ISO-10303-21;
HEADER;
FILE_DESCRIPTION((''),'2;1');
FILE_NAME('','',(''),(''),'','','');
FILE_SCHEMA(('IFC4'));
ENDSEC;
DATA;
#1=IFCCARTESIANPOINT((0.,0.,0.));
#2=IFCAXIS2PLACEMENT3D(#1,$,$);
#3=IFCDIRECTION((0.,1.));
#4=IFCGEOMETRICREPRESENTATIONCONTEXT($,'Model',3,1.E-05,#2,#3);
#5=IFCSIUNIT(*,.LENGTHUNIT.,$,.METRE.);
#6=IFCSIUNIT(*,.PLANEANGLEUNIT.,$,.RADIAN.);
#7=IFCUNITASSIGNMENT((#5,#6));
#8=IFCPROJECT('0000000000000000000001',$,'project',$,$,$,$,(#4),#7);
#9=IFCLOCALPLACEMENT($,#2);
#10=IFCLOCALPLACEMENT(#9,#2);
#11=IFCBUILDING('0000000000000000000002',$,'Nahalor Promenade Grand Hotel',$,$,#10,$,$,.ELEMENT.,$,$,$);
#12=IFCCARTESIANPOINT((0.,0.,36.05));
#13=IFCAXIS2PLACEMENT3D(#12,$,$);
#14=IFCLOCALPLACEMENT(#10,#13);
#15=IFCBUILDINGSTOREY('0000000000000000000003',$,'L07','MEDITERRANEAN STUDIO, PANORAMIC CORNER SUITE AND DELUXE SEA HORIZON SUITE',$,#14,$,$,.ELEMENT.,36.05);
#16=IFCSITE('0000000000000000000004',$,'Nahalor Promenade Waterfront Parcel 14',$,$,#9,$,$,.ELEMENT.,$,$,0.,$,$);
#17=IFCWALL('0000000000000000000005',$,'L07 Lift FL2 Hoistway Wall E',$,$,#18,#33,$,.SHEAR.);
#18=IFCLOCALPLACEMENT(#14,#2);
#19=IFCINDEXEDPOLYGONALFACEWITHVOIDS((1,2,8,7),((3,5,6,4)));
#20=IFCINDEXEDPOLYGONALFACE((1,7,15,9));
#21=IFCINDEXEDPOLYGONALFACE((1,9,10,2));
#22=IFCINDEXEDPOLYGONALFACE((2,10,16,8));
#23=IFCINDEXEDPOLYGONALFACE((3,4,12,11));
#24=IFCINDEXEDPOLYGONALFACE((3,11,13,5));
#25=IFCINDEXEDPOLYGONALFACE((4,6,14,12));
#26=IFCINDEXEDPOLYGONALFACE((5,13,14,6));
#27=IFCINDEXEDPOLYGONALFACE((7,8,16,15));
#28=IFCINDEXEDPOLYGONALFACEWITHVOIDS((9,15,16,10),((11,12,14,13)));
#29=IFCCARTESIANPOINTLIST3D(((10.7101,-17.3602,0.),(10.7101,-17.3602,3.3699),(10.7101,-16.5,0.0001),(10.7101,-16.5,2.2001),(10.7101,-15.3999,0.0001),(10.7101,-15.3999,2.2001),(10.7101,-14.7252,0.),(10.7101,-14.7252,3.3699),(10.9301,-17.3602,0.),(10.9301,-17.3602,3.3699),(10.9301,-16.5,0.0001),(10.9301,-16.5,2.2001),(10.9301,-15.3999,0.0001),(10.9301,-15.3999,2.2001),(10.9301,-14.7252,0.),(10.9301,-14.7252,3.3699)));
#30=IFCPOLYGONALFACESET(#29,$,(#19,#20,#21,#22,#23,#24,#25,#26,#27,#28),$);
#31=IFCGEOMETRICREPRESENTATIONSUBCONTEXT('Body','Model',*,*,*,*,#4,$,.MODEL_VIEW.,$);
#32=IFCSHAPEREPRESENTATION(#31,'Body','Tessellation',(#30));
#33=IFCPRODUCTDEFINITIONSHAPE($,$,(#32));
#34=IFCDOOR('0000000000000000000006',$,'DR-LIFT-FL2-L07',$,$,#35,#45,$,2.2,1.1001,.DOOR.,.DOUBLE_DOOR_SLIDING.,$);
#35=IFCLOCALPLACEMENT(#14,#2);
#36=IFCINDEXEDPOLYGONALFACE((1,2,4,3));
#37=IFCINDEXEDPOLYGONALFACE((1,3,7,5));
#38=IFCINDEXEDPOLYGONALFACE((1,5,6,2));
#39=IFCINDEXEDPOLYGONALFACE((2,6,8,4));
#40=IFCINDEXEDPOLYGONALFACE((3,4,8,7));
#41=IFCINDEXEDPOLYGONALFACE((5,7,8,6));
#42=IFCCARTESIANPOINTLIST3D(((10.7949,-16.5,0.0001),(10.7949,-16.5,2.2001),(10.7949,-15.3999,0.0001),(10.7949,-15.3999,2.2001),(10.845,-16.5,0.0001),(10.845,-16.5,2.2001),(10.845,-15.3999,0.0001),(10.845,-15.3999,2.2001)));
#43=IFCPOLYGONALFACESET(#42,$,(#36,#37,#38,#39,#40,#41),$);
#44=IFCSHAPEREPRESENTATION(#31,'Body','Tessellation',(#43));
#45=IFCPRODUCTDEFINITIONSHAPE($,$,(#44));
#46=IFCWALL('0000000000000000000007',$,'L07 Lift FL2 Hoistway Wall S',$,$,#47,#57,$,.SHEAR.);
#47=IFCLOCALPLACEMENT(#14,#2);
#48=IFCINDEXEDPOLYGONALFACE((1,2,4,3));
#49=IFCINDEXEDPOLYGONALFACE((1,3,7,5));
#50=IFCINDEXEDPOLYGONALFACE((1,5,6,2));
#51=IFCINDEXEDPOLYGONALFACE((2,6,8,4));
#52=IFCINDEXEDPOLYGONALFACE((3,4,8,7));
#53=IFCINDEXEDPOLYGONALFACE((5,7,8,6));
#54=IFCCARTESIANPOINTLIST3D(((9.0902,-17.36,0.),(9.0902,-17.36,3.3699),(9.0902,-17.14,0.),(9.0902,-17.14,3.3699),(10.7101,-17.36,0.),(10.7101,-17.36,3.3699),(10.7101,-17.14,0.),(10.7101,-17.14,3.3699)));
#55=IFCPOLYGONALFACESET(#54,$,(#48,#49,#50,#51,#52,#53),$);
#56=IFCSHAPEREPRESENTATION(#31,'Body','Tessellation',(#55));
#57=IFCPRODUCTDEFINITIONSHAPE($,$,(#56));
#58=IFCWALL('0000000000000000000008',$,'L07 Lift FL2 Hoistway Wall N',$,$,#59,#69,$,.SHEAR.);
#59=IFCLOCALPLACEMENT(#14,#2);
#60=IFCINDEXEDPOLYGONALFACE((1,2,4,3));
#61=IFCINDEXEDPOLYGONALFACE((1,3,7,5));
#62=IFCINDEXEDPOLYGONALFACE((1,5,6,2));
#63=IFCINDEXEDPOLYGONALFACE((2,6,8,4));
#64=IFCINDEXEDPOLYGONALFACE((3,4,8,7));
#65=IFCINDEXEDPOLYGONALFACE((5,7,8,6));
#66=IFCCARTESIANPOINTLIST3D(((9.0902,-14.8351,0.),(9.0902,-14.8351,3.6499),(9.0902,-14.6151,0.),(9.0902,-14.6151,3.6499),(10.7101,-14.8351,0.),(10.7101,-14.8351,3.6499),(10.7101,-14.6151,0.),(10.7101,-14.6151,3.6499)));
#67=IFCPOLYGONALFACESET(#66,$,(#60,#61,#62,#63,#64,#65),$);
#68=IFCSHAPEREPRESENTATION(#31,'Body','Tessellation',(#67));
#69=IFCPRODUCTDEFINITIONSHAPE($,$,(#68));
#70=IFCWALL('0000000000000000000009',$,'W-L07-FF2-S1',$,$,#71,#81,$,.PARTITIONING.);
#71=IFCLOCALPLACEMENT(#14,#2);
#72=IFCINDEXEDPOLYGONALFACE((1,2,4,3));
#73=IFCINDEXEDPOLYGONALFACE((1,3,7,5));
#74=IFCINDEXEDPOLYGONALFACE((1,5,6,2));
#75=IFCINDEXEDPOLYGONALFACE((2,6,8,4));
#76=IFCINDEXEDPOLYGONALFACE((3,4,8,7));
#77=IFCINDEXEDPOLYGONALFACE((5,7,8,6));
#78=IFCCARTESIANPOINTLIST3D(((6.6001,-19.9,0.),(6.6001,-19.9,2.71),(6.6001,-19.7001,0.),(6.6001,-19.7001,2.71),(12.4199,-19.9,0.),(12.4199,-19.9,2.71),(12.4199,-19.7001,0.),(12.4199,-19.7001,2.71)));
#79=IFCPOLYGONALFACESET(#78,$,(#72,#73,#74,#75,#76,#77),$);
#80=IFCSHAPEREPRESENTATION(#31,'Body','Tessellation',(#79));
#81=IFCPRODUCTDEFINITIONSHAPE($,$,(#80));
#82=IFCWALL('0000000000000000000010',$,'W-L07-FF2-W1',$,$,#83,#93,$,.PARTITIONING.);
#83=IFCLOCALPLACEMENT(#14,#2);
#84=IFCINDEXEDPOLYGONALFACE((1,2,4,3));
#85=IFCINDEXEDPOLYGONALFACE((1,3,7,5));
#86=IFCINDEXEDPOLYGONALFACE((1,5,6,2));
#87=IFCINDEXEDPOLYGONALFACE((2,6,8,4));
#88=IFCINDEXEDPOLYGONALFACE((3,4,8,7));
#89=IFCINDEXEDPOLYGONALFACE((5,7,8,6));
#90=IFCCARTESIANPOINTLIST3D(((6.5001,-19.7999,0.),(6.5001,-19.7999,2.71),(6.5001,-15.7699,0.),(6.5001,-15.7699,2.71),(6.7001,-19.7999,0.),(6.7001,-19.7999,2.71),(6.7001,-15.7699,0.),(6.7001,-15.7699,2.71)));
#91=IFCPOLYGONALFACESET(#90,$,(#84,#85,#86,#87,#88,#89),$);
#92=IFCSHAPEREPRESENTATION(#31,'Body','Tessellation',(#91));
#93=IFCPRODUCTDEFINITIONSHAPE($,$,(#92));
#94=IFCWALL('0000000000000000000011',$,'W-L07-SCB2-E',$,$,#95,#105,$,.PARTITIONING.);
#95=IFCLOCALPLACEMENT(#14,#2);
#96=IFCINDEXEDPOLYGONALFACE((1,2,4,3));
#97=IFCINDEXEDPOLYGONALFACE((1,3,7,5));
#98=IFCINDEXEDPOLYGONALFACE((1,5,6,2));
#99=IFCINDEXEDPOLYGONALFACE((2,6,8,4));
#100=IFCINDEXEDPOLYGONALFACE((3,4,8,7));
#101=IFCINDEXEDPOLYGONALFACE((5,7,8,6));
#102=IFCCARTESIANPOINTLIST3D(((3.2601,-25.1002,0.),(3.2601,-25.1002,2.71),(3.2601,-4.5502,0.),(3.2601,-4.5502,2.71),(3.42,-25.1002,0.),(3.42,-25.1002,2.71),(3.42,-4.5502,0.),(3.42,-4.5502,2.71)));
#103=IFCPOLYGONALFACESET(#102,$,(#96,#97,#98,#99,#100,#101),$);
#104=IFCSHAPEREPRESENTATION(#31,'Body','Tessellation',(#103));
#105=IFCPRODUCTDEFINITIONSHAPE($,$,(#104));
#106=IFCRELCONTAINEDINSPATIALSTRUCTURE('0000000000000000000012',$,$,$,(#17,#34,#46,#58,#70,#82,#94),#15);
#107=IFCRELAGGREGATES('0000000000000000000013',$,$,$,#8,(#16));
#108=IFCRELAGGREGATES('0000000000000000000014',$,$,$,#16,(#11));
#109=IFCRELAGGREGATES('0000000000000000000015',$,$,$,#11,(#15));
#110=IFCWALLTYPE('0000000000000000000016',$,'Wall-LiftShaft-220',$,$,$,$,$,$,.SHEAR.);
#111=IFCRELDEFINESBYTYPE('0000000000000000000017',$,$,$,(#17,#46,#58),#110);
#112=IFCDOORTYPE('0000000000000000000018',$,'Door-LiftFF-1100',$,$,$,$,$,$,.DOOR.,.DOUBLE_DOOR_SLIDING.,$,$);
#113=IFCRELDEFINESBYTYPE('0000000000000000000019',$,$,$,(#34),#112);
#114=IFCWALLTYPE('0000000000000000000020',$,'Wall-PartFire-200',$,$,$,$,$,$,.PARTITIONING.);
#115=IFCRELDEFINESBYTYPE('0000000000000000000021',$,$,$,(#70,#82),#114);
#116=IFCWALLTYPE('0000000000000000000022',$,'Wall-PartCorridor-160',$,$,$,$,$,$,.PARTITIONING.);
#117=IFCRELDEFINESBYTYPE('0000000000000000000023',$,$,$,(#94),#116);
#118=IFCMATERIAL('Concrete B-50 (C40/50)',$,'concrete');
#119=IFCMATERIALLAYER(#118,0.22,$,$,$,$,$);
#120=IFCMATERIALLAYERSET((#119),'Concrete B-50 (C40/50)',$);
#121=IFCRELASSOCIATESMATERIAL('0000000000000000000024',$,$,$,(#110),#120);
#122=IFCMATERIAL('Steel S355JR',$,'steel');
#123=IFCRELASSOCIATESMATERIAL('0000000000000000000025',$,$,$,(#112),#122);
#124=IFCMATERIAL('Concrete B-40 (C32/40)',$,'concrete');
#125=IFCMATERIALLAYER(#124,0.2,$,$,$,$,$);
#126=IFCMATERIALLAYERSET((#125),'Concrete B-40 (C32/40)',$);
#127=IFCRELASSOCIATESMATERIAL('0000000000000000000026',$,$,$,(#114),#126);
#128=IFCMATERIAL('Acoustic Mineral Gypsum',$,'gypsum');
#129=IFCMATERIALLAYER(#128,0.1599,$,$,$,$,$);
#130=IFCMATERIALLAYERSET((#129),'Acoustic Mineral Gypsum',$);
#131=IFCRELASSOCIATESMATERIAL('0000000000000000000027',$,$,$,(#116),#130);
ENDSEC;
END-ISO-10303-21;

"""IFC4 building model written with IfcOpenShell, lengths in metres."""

from ifc_helpers import new_model, si_unit, direction, frame, frame_2d, origin, place, context, subcontext, project, spatial, rectangle, extrude, source, transform, mapped, material, layer, layer_set, type_object, element, fill, save


model = new_model("IFC4")

# Units and contexts
model_context = context("Model", 3, precision=1e-05, world=origin(), true_north=direction((0.0, 1.0)))
body_context = subcontext(model_context, "Body", "Model", "MODEL_VIEW")
ifc_project = project(units=[si_unit("LENGTHUNIT", "METRE"), si_unit("PLANEANGLEUNIT", "RADIAN")], contexts=[model_context])

# Site, building, storey
site_placement = place(None, origin())
site = spatial("IfcSite", under=ifc_project, at=site_placement, Name="Nahalor Promenade Waterfront Parcel 14", CompositionType="ELEMENT", RefElevation=0.0)
building_placement = place(site_placement, origin())
building = spatial("IfcBuilding", under=site, at=building_placement, Name="Nahalor Promenade Grand Hotel", CompositionType="ELEMENT")
storey_placement = place(building_placement, frame((0.0, 0.0, 36.05)))
storey = spatial("IfcBuildingStorey", under=building, at=storey_placement, Name="L07", Description="MEDITERRANEAN STUDIO, PANORAMIC CORNER SUITE AND DELUXE SEA HORIZON SUITE", CompositionType="ELEMENT", Elevation=36.05)

# Shared definitions
ifc_material_1 = material(Name="Steel S355JR", Category="steel")

# Shared definitions
ifc_material_2 = material(Name="Concrete B-50 (C40/50)", Category="concrete")

# Shared definitions
ifc_layer_1 = layer(ifc_material_2, 0.22)
ifc_layer_set_1 = layer_set([ifc_layer_1], Name="Concrete B-50 (C40/50)")
wall_type_1 = type_object("IfcWallType", Name="Wall-LiftShaft-220", PredefinedType="SHEAR", material=ifc_layer_set_1)
shared_shape_1 = source(origin(), body_context, "Body", "SweptSolid", [
    extrude(rectangle(XDim=2.635, YDim=0.22, at=frame_2d((1.3174, 0.0))), origin(), (0.0, 0.0, 1.0), 3.3699),
])

# Wall, opening, door
wall_1_placement = place(storey_placement, frame((10.8201, -17.3601, 0.0), z_axis=(0.0, 0.0, 1.0), x_axis=(0.0, 1.0, 0.0)))
wall_1 = element("IfcWall", 1, at=wall_1_placement, inside=storey, type_object=wall_type_1, Name="L07 Lift FL2 Hoistway Wall E", PredefinedType="SHEAR", context=body_context, shape_type="MappedRepresentation", body=[
    mapped(shared_shape_1, transform((0.0, 0.0, 0.0), scale=1.0)),
])
opening_1_placement = place(wall_1_placement, frame((0.8601, 0.0, 0.0)))
opening_1 = element("IfcOpeningElement", 2, at=opening_1_placement, cuts=wall_1, PredefinedType="OPENING", context=body_context, shape_type="SweptSolid", body=[
    extrude(rectangle(XDim=1.1001, YDim=2.2, at=frame_2d((0.55, 1.1001))), frame((0.0, 0.1199, 0.0), z_axis=(0.0, -1.0, 0.0), x_axis=(1.0, 0.0, 0.0)), (0.0, 0.0, 1.0), 0.24),
])
door_type_1 = type_object("IfcDoorType", Name="Door-LiftFF-1100", OperationType="DOUBLE_DOOR_SLIDING", PredefinedType="DOOR", material=ifc_material_1)
shared_shape_2 = source(origin(), body_context, "Body", "SweptSolid", [
    extrude(rectangle(XDim=1.1001, YDim=2.2, at=frame_2d((0.55, 1.1001))), frame((0.0, 0.0249, 0.0), z_axis=(0.0, -1.0, 0.0), x_axis=(1.0, 0.0, 0.0)), (0.0, 0.0, 1.0), 0.05),
])
door_1_placement = place(opening_1_placement, frame((1.1001, 0.0, 0.0), z_axis=(0.0, 0.0, 1.0), x_axis=(-1.0, 0.0, 0.0)))
door_1 = element("IfcDoor", 3, at=door_1_placement, inside=storey, type_object=door_type_1, Name="DR-LIFT-FL2-L07", OperationType="DOUBLE_DOOR_SLIDING", OverallHeight=2.2, OverallWidth=1.1001, PredefinedType="DOOR", context=body_context, shape_type="MappedRepresentation", body=[
    mapped(shared_shape_2, transform((0.0, 0.0, 0.0), scale=1.0)),
])
fill(opening_1, door_1)

# Walls
shared_shape_3 = source(origin(), body_context, "Body", "SweptSolid", [
    extrude(rectangle(XDim=1.6199, YDim=0.22, at=frame_2d((0.8101, 0.0))), origin(), (0.0, 0.0, 1.0), 3.3699),
])
wall_2_placement = place(storey_placement, frame((9.0901, -17.25, 0.0), z_axis=(0.0, 0.0, 1.0), x_axis=(1.0, 0.0, 0.0)))
element("IfcWall", 4, at=wall_2_placement, inside=storey, type_object=wall_type_1, Name="L07 Lift FL2 Hoistway Wall S", PredefinedType="SHEAR", context=body_context, shape_type="MappedRepresentation", body=[
    mapped(shared_shape_3, transform((0.0, 0.0, 0.0), scale=1.0)),
])
shared_shape_4 = source(origin(), body_context, "Body", "SweptSolid", [
    extrude(rectangle(XDim=1.6199, YDim=0.22, at=frame_2d((0.8101, 0.0))), origin(), (0.0, 0.0, 1.0), 3.6499),
])
wall_3_placement = place(storey_placement, frame((9.0901, -14.7251, 0.0), z_axis=(0.0, 0.0, 1.0), x_axis=(1.0, 0.0, 0.0)))
element("IfcWall", 5, at=wall_3_placement, inside=storey, type_object=wall_type_1, Name="L07 Lift FL2 Hoistway Wall N", PredefinedType="SHEAR", context=body_context, shape_type="MappedRepresentation", body=[
    mapped(shared_shape_4, transform((0.0, 0.0, 0.0), scale=1.0)),
])
ifc_material_3 = material(Name="Concrete B-40 (C32/40)", Category="concrete")
ifc_layer_2 = layer(ifc_material_3, 0.2)
ifc_layer_set_2 = layer_set([ifc_layer_2], Name="Concrete B-40 (C32/40)")
wall_type_2 = type_object("IfcWallType", Name="Wall-PartFire-200", PredefinedType="PARTITIONING", material=ifc_layer_set_2)
shared_shape_5 = source(origin(), body_context, "Body", "SweptSolid", [
    extrude(rectangle(XDim=5.8198, YDim=0.2, at=frame_2d((2.9099, 0.0))), origin(), (0.0, 0.0, 1.0), 2.71),
])
wall_4_placement = place(storey_placement, frame((6.6001, -19.8, 0.0), z_axis=(0.0, 0.0, 1.0), x_axis=(1.0, 0.0, 0.0)))
element("IfcWall", 6, at=wall_4_placement, inside=storey, type_object=wall_type_2, Name="W-L07-FF2-S1", PredefinedType="PARTITIONING", context=body_context, shape_type="MappedRepresentation", body=[
    mapped(shared_shape_5, transform((0.0, 0.0, 0.0), scale=1.0)),
])
shared_shape_6 = source(origin(), body_context, "Body", "SweptSolid", [
    extrude(rectangle(XDim=4.03, YDim=0.2, at=frame_2d((2.0151, 0.0))), origin(), (0.0, 0.0, 1.0), 2.71),
])
wall_5_placement = place(storey_placement, frame((6.6001, -19.8, 0.0), z_axis=(0.0, 0.0, 1.0), x_axis=(0.0, 1.0, 0.0)))
element("IfcWall", 7, at=wall_5_placement, inside=storey, type_object=wall_type_2, Name="W-L07-FF2-W1", PredefinedType="PARTITIONING", context=body_context, shape_type="MappedRepresentation", body=[
    mapped(shared_shape_6, transform((0.0, 0.0, 0.0), scale=1.0)),
])

# Wall
ifc_material_4 = material(Name="Acoustic Mineral Gypsum", Category="gypsum")
ifc_layer_3 = layer(ifc_material_4, 0.1599)
ifc_layer_set_3 = layer_set([ifc_layer_3], Name="Acoustic Mineral Gypsum")
wall_type_3 = type_object("IfcWallType", Name="Wall-PartCorridor-160", PredefinedType="PARTITIONING", material=ifc_layer_set_3)
shared_shape_7 = source(origin(), body_context, "Body", "SweptSolid", [
    extrude(rectangle(XDim=20.55, YDim=0.1599, at=frame_2d((10.2749, 0.0))), origin(), (0.0, 0.0, 1.0), 2.71),
])
wall_6_placement = place(storey_placement, frame((3.3401, -25.1001, 0.0), z_axis=(0.0, 0.0, 1.0), x_axis=(0.0, 1.0, 0.0)))
element("IfcWall", 8, at=wall_6_placement, inside=storey, type_object=wall_type_3, Name="W-L07-SCB2-E", PredefinedType="PARTITIONING", context=body_context, shape_type="MappedRepresentation", body=[
    mapped(shared_shape_7, transform((0.0, 0.0, 0.0), scale=1.0)),
])

save(model, "model.ifc")
